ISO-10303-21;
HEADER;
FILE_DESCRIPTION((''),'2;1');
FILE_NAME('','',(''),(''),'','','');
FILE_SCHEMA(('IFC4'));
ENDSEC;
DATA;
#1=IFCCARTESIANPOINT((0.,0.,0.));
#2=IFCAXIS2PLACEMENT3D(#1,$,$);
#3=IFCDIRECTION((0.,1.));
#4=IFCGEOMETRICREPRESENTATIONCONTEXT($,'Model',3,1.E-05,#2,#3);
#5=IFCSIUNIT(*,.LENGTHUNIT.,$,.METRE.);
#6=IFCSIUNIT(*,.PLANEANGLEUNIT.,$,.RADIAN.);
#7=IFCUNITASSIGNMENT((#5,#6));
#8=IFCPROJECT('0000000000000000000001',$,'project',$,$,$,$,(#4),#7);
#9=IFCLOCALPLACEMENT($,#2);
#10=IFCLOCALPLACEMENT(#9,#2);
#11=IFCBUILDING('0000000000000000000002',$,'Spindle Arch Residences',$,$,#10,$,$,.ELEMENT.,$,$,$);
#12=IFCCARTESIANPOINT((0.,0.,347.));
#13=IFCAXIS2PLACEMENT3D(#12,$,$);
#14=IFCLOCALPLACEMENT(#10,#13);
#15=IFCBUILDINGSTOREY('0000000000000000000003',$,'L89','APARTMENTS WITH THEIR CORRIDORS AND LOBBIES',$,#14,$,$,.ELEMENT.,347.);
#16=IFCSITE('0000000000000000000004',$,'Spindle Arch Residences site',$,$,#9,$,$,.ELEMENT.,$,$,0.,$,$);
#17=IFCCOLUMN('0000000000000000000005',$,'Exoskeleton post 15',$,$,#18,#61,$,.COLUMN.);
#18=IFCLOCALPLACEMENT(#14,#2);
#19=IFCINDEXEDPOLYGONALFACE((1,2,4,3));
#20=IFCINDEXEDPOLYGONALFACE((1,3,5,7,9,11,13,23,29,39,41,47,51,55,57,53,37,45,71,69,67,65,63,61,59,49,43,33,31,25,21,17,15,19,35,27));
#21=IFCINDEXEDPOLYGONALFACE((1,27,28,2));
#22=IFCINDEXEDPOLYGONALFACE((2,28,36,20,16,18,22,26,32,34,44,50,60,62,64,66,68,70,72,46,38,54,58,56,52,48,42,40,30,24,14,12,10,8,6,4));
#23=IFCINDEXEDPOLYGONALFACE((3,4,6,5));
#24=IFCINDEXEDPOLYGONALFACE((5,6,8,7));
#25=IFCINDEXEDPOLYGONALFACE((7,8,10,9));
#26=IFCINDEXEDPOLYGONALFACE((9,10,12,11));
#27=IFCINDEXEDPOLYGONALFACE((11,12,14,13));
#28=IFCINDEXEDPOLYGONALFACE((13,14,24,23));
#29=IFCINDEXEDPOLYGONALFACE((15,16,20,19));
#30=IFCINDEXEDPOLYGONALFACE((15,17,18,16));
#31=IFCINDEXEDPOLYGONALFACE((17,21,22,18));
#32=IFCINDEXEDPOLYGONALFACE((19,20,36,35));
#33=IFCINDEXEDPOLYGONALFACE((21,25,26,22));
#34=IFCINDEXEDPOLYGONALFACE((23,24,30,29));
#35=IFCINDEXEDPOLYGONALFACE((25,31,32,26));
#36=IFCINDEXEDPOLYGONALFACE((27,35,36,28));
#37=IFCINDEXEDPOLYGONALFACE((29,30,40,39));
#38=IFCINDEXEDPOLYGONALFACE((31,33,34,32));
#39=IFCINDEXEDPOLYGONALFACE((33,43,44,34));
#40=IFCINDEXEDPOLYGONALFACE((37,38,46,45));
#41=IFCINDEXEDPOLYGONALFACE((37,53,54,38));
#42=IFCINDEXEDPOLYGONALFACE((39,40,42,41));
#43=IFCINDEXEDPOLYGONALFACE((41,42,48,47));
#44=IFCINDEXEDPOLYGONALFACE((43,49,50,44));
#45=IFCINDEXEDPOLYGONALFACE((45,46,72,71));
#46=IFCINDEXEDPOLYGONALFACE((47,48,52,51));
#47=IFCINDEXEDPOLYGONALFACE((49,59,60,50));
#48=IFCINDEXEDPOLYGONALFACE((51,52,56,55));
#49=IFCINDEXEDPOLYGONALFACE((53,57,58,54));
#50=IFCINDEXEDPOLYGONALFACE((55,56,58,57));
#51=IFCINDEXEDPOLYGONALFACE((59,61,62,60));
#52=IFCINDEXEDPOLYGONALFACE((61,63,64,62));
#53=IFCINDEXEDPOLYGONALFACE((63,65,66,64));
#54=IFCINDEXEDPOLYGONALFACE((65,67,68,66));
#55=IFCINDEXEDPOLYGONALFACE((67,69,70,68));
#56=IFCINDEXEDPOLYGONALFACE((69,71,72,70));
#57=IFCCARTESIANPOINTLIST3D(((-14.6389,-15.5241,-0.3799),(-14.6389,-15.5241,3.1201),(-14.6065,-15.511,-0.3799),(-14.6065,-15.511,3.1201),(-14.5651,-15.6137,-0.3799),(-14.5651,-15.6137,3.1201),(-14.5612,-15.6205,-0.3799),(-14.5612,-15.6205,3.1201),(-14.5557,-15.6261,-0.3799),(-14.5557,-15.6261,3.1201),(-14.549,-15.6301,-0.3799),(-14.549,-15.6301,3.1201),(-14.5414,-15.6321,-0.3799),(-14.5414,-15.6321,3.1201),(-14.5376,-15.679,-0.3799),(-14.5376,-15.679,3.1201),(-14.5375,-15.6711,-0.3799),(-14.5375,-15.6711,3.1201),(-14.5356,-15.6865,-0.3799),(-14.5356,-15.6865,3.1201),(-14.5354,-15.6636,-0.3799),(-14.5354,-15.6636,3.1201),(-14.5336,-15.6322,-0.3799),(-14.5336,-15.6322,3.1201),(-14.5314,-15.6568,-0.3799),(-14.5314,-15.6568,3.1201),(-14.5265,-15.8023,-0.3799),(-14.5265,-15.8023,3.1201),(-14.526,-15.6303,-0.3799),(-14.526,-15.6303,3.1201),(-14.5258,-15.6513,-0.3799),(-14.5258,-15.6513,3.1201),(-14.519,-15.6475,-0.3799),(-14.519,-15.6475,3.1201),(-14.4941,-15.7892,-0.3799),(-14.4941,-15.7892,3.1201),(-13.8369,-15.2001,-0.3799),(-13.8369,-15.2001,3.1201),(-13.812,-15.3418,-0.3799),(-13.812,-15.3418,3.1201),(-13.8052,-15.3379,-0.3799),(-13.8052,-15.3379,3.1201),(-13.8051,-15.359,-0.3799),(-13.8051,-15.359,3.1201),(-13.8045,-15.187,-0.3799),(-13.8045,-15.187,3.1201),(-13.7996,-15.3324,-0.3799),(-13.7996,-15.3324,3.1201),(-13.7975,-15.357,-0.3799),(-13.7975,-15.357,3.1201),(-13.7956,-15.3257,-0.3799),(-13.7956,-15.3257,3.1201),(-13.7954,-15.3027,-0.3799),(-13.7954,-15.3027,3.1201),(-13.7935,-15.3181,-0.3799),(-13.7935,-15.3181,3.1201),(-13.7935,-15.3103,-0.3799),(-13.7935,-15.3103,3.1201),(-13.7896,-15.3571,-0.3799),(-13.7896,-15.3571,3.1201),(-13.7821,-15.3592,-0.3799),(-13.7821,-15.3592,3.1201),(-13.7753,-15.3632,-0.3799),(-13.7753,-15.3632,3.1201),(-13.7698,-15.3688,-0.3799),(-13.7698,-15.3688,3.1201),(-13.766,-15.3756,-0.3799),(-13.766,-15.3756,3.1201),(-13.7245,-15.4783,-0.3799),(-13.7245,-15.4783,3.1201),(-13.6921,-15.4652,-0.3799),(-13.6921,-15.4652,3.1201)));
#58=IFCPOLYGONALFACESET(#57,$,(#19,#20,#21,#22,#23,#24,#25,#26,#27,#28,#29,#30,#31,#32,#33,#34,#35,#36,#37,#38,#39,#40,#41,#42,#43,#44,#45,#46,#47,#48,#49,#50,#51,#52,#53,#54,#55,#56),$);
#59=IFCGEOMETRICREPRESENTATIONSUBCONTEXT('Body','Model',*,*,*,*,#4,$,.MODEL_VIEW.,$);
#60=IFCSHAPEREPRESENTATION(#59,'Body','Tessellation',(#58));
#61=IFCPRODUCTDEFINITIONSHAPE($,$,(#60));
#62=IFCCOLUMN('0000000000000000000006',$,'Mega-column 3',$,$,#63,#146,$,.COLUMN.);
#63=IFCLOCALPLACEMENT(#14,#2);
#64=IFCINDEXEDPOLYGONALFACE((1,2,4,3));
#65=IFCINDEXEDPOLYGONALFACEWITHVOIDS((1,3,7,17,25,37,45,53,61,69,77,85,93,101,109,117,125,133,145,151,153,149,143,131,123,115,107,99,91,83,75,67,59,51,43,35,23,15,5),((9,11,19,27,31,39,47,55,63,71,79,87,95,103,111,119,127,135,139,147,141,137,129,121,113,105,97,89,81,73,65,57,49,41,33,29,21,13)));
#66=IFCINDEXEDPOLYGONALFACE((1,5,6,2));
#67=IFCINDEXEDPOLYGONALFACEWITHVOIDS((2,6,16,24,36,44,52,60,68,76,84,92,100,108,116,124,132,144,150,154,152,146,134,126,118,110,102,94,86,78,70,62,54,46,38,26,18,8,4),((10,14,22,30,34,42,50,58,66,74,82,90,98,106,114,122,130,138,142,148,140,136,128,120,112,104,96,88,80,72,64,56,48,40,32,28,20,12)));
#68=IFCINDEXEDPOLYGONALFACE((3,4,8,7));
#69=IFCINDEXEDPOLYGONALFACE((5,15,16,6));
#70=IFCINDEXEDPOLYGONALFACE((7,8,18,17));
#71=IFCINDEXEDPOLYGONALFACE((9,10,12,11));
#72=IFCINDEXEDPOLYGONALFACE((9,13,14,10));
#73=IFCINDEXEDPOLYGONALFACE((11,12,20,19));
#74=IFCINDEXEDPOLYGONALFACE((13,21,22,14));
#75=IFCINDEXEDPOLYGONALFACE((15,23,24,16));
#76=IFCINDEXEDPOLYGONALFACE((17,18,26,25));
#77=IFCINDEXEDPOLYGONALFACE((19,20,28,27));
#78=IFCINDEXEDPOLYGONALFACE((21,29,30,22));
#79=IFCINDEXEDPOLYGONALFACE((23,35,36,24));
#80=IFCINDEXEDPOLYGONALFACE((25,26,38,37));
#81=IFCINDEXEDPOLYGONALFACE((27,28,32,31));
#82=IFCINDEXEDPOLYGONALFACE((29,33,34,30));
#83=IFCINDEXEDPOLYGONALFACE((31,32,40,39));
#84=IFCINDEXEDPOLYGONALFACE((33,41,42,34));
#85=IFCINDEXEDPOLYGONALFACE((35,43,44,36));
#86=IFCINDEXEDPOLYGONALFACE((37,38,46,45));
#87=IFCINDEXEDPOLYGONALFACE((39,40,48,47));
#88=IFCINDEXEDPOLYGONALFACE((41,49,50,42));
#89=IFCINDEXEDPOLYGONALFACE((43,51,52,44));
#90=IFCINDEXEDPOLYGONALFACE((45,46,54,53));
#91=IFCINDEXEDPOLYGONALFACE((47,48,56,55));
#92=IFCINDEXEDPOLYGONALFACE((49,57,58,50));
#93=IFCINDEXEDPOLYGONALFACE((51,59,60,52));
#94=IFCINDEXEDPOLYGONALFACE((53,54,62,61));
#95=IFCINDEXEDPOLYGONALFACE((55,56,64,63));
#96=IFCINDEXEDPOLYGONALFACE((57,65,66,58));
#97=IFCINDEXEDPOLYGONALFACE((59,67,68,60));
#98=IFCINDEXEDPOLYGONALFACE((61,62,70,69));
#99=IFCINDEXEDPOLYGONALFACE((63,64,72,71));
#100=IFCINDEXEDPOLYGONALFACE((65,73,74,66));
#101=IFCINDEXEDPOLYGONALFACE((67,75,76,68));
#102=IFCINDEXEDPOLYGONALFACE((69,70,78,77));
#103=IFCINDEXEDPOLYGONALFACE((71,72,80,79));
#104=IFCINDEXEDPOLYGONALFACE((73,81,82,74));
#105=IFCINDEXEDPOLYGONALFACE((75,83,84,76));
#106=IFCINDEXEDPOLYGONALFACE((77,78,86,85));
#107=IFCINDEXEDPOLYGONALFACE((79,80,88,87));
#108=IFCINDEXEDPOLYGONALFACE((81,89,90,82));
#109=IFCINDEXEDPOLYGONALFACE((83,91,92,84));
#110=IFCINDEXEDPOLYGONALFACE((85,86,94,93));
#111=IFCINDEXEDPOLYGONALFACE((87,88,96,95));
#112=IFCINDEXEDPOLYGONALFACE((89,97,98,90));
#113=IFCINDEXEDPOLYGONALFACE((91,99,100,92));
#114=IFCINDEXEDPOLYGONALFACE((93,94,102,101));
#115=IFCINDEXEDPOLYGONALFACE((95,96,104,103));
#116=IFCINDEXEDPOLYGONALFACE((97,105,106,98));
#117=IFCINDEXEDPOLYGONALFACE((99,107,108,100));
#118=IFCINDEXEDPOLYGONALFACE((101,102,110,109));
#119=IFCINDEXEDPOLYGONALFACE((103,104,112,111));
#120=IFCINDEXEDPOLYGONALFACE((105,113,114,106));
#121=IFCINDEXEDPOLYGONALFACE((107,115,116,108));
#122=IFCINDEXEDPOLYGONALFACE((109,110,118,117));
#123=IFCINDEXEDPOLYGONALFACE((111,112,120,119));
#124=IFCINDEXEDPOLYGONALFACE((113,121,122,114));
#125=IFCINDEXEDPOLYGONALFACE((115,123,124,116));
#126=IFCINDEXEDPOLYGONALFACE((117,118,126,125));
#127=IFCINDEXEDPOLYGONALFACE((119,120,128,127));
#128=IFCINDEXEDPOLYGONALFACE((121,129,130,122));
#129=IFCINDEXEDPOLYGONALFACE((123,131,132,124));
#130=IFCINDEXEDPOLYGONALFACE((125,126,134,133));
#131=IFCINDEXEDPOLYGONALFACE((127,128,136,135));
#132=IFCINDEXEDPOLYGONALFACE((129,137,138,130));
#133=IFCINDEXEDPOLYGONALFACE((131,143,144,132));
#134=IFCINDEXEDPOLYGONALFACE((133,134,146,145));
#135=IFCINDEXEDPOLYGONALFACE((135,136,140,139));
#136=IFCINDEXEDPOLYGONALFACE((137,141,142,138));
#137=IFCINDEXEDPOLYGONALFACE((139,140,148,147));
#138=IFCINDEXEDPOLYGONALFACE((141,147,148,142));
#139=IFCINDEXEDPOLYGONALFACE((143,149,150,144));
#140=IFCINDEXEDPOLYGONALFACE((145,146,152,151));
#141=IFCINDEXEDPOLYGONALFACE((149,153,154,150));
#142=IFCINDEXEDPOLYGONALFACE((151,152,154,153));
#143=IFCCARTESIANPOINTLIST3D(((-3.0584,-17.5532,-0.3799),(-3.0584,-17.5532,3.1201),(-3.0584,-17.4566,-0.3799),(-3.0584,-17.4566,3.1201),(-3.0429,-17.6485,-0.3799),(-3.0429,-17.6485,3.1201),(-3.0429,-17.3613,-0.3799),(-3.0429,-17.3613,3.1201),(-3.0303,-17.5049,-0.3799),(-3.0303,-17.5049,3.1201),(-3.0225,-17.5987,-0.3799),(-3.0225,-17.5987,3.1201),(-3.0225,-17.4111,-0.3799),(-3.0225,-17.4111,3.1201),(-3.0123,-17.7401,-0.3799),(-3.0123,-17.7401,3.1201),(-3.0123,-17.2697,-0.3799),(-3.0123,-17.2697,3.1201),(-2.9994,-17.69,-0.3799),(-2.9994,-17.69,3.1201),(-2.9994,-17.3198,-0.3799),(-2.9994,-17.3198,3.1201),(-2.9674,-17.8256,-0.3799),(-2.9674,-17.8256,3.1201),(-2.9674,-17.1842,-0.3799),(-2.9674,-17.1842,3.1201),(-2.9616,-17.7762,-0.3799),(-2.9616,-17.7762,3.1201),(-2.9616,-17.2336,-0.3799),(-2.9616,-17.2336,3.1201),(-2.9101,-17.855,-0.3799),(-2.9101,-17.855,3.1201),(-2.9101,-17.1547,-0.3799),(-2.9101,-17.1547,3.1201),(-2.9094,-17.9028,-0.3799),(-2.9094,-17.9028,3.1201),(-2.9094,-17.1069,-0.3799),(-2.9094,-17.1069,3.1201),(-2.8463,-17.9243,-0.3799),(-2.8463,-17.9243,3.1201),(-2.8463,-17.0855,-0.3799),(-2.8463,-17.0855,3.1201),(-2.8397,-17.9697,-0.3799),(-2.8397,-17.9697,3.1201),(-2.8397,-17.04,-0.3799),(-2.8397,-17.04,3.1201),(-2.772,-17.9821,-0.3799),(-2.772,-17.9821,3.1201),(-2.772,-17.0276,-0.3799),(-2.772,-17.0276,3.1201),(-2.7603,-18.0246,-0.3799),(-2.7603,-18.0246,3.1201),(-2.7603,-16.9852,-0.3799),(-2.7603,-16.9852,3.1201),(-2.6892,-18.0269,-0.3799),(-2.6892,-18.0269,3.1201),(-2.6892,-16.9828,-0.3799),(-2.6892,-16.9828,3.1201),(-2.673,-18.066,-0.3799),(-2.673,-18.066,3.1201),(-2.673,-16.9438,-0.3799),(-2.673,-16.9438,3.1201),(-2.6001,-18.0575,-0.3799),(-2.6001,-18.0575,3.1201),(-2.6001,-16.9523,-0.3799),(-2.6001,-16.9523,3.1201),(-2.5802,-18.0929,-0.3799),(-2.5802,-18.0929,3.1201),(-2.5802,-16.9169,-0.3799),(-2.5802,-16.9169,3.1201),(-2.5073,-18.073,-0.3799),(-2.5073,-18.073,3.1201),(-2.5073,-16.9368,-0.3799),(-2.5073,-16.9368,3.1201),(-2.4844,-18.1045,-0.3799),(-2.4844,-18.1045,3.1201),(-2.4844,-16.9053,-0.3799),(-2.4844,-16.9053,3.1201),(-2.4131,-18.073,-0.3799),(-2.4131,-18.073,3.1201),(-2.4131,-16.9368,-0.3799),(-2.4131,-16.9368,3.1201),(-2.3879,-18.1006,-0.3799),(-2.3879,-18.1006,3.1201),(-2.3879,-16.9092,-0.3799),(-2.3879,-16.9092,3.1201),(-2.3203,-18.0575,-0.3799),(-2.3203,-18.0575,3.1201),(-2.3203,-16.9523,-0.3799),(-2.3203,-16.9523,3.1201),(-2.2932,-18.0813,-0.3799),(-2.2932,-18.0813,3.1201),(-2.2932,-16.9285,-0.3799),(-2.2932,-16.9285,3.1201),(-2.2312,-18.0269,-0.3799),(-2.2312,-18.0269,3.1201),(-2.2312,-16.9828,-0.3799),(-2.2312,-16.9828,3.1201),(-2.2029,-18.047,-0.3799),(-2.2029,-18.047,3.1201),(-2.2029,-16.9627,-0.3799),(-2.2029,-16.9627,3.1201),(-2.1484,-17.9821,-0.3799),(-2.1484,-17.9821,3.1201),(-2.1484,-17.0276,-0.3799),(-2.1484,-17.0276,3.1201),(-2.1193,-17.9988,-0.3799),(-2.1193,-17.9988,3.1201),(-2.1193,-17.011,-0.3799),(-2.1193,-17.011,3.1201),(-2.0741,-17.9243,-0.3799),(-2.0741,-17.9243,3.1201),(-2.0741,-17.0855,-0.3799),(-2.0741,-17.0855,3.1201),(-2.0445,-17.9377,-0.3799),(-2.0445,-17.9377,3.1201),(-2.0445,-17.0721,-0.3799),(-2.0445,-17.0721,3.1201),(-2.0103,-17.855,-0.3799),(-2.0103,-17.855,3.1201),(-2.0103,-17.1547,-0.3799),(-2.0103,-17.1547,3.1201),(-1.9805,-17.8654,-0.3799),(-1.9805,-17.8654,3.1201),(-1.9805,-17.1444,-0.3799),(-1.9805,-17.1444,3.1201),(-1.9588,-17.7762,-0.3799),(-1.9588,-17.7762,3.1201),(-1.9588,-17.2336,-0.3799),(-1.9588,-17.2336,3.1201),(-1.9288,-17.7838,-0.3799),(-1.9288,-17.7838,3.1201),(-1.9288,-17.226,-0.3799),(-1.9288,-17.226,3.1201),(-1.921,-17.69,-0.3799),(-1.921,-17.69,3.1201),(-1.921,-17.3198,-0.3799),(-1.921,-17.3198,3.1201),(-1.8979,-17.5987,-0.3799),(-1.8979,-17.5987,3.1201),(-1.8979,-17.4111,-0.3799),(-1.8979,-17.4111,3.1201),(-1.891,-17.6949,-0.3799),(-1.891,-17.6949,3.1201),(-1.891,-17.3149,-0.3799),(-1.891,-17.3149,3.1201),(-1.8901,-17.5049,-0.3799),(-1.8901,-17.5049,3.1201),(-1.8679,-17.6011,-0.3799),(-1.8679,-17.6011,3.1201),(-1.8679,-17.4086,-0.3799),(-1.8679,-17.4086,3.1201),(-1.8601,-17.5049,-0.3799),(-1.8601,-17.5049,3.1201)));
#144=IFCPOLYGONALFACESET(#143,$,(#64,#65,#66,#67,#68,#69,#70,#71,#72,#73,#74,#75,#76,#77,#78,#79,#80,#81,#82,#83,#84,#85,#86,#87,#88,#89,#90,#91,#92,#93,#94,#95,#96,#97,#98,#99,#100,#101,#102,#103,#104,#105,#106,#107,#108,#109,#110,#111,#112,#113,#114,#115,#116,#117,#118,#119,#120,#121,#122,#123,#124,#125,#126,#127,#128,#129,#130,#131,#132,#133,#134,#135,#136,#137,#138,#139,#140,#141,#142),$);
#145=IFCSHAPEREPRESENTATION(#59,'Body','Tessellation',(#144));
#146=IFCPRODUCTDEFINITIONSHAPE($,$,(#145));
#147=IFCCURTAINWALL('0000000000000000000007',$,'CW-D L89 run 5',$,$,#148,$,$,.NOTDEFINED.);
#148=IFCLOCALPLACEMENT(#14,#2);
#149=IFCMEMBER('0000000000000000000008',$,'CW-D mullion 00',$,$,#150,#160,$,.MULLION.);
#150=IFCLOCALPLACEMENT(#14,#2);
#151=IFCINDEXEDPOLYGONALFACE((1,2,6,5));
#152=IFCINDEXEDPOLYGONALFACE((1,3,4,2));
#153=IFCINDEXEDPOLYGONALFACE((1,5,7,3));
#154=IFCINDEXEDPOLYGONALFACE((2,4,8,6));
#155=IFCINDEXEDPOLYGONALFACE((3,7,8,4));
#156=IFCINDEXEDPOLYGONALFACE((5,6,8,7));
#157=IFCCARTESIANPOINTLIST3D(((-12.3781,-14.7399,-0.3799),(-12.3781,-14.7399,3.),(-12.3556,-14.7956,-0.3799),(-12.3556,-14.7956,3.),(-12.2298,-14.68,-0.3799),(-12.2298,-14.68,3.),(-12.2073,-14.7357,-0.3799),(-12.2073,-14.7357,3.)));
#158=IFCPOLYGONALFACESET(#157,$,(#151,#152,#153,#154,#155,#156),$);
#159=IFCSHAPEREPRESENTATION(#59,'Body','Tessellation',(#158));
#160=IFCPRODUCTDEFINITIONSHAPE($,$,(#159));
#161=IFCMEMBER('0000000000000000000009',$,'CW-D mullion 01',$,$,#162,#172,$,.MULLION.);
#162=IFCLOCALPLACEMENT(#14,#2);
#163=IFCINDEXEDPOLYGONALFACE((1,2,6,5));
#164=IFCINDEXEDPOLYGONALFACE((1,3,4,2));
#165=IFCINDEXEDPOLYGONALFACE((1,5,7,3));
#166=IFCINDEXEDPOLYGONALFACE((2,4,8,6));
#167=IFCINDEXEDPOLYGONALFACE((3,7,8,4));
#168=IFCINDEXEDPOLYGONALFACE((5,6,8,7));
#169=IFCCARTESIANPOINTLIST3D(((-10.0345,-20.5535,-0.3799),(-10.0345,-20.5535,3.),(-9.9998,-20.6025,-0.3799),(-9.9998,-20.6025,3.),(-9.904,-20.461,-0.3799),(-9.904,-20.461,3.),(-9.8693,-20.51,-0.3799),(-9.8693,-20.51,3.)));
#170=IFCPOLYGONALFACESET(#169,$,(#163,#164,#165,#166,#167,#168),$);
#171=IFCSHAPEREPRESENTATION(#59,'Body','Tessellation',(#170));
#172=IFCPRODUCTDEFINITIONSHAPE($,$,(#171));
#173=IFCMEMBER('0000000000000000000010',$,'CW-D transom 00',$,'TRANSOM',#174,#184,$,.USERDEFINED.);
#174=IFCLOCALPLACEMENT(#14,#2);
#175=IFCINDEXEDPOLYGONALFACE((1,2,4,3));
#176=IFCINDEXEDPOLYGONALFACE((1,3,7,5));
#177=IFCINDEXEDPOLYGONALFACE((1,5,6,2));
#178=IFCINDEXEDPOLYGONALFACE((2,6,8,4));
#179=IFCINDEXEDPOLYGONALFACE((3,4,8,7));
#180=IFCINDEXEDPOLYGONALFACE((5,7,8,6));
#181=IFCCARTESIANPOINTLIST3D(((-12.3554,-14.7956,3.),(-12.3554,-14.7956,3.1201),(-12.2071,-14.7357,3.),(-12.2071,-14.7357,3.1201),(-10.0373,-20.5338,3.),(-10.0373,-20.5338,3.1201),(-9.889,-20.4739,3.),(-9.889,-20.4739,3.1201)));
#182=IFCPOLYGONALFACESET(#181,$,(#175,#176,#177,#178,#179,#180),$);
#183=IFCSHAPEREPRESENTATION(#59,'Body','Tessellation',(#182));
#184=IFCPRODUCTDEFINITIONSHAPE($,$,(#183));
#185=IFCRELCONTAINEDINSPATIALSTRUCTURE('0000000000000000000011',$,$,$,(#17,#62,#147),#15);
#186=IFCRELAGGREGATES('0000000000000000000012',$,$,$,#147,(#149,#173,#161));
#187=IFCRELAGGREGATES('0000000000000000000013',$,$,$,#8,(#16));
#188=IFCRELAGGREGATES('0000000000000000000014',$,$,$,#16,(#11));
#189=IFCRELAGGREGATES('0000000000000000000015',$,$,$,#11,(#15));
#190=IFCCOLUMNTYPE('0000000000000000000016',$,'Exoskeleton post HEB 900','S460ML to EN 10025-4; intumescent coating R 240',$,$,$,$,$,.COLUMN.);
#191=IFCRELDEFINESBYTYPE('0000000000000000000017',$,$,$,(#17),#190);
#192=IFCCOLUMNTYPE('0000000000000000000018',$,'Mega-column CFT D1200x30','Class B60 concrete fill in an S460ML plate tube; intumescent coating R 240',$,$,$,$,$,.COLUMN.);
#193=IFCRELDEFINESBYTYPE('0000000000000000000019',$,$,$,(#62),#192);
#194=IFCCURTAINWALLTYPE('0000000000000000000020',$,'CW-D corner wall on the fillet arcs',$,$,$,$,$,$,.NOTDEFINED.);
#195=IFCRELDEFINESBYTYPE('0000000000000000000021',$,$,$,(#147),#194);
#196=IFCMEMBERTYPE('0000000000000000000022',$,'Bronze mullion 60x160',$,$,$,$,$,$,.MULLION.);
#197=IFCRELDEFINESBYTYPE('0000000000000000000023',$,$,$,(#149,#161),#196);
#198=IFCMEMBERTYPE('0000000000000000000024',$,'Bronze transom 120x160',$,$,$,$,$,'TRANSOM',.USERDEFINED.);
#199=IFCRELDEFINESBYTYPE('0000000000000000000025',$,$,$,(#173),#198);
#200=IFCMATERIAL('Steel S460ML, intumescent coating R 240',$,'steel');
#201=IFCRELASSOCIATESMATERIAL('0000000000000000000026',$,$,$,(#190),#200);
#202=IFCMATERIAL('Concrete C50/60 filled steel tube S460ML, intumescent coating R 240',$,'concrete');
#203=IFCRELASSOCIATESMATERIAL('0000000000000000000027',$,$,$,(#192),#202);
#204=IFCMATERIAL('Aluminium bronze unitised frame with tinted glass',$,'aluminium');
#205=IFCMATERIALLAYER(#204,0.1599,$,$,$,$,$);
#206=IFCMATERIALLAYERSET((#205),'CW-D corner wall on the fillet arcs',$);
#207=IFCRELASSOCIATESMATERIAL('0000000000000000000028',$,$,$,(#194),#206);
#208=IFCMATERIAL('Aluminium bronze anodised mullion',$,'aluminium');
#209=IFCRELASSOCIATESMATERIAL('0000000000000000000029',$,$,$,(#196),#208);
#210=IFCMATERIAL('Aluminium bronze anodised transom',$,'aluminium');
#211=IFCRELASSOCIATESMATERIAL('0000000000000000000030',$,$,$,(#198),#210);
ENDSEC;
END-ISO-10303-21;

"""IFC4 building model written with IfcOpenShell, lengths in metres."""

from ifc_helpers import new_model, si_unit, direction, frame, origin, origin_2d, place, context, subcontext, project, spatial, rectangle, hollow_circle, i_section, extrude, material, layer, layer_set, material_profile, profile_set, type_object, element, aggregate, save


model = new_model("IFC4")

# Units and contexts
model_context = context("Model", 3, precision=1e-05, world=origin(), true_north=direction((0.0, 1.0)))
body_context = subcontext(model_context, "Body", "Model", "MODEL_VIEW")
ifc_project = project(units=[si_unit("LENGTHUNIT", "METRE"), si_unit("PLANEANGLEUNIT", "RADIAN")], contexts=[model_context])

# Site, building, storey
site_placement = place(None, origin())
site = spatial("IfcSite", under=ifc_project, at=site_placement, Name="Spindle Arch Residences site", CompositionType="ELEMENT", RefElevation=0.0)
building_placement = place(site_placement, origin())
building = spatial("IfcBuilding", under=site, at=building_placement, Name="Spindle Arch Residences", CompositionType="ELEMENT")
storey_placement = place(building_placement, frame((0.0, 0.0, 347.0)))
storey = spatial("IfcBuildingStorey", under=building, at=storey_placement, Name="L89", Description="APARTMENTS WITH THEIR CORRIDORS AND LOBBIES", CompositionType="ELEMENT", Elevation=347.0)

# Columns
ifc_material_1 = material(Name="Steel S460ML, intumescent coating R 240", Category="steel")
ifc_material_profile_1 = material_profile(ifc_material_1, i_section(OverallWidth=0.3, OverallDepth=0.8999, WebThickness=0.0186, FlangeThickness=0.0349, FilletRadius=0.03, at=origin_2d()), Name="HEB 900")
ifc_profile_set_1 = profile_set([ifc_material_profile_1], Name="Steel S460ML, intumescent coating R 240")
column_type_1 = type_object("IfcColumnType", Name="Exoskeleton post HEB 900", Description="S460ML to EN 10025-4; intumescent coating R 240", PredefinedType="COLUMN", material=ifc_profile_set_1)
column_1_placement = place(storey_placement, frame((-14.1655, -15.4946, -0.3799), z_axis=(0.0, 0.0, 1.0), x_axis=(-0.374607, 0.927184, 0.0)))
element("IfcColumn", 1, at=column_1_placement, inside=storey, type_object=column_type_1, Name="Exoskeleton post 15", PredefinedType="COLUMN", context=body_context, shape_type="SweptSolid", body=[
    extrude(i_section(OverallWidth=0.3, OverallDepth=0.8999, WebThickness=0.0186, FlangeThickness=0.0349, FilletRadius=0.03, at=origin_2d()), origin(), (0.0, 0.0, 1.0), 3.5),
])
ifc_material_2 = material(Name="Concrete C50/60 filled steel tube S460ML, intumescent coating R 240", Category="concrete")
ifc_material_profile_2 = material_profile(ifc_material_2, hollow_circle(Radius=0.6001, WallThickness=0.03, at=origin_2d()), Name="CFT D1200x30")
ifc_profile_set_2 = profile_set([ifc_material_profile_2], Name="Concrete C50/60 filled steel tube S460ML, intumescent coating R 240")
column_type_2 = type_object("IfcColumnType", Name="Mega-column CFT D1200x30", Description="Class B60 concrete fill in an S460ML plate tube; intumescent coating R 240", PredefinedType="COLUMN", material=ifc_profile_set_2)
column_2_placement = place(storey_placement, frame((-2.4602, -17.5049, -0.3799), z_axis=(0.0, 0.0, 1.0), x_axis=(1.0, 0.0, 0.0)))
element("IfcColumn", 2, at=column_2_placement, inside=storey, type_object=column_type_2, Name="Mega-column 3", PredefinedType="COLUMN", context=body_context, shape_type="SweptSolid", body=[
    extrude(hollow_circle(Radius=0.6001, WallThickness=0.03, at=origin_2d()), origin(), (0.0, 0.0, 1.0), 3.5),
])

# Curtain wall, members
ifc_material_3 = material(Name="Aluminium bronze unitised frame with tinted glass", Category="aluminium")
ifc_layer_1 = layer(ifc_material_3, 0.1599)
ifc_layer_set_1 = layer_set([ifc_layer_1], Name="CW-D corner wall on the fillet arcs")
curtain_wall_type_1 = type_object("IfcCurtainWallType", Name="CW-D corner wall on the fillet arcs", PredefinedType="NOTDEFINED", material=ifc_layer_set_1)
curtain_wall_1_placement = place(storey_placement, origin())
curtain_wall_1 = element("IfcCurtainWall", 3, at=curtain_wall_1_placement, inside=storey, type_object=curtain_wall_type_1, Name="CW-D L89 run 5", PredefinedType="NOTDEFINED")
ifc_material_4 = material(Name="Aluminium bronze anodised mullion", Category="aluminium")
ifc_material_profile_3 = material_profile(ifc_material_4, rectangle(XDim=0.1599, YDim=0.0601, at=origin_2d()), Name="MU 60x160")
ifc_profile_set_3 = profile_set([ifc_material_profile_3], Name="Aluminium bronze anodised mullion")
member_type_1 = type_object("IfcMemberType", Name="Bronze mullion 60x160", PredefinedType="MULLION", material=ifc_profile_set_3)
member_1_placement = place(storey_placement, frame((-12.2927, -14.7378, -0.3799), z_axis=(0.0, 0.0, 1.0), x_axis=(0.927184, 0.374607, 0.0)))
member_1 = element("IfcMember", 4, at=member_1_placement, type_object=member_type_1, Name="CW-D mullion 00", PredefinedType="MULLION", context=body_context, shape_type="SweptSolid", body=[
    extrude(rectangle(XDim=0.1599, YDim=0.0601, at=origin_2d()), origin(), (0.0, 0.0, 1.0), 3.3799),
])
member_2_placement = place(storey_placement, frame((-9.9519, -20.5317, -0.3799), z_axis=(0.0, 0.0, 1.0), x_axis=(0.815801, 0.578332, 0.0)))
member_2 = element("IfcMember", 5, at=member_2_placement, type_object=member_type_1, Name="CW-D mullion 01", PredefinedType="MULLION", context=body_context, shape_type="SweptSolid", body=[
    extrude(rectangle(XDim=0.1599, YDim=0.0601, at=origin_2d()), origin(), (0.0, 0.0, 1.0), 3.3799),
])
ifc_material_5 = material(Name="Aluminium bronze anodised transom", Category="aluminium")
ifc_material_profile_4 = material_profile(ifc_material_5, rectangle(XDim=0.1599, YDim=0.1201, at=origin_2d()), Name="TR 120x160")
ifc_profile_set_4 = profile_set([ifc_material_profile_4], Name="Aluminium bronze anodised transom")
member_type_2 = type_object("IfcMemberType", Name="Bronze transom 120x160", ElementType="TRANSOM", PredefinedType="USERDEFINED", material=ifc_profile_set_4)
member_3_placement = place(storey_placement, frame((-12.2812, -14.7656, 3.0601), z_axis=(0.374565, -0.927201, 0.0), x_axis=(0.927201, 0.374565, 0.0)))
member_3 = element("IfcMember", 6, at=member_3_placement, type_object=member_type_2, Name="CW-D transom 00", ObjectType="TRANSOM", PredefinedType="USERDEFINED", context=body_context, shape_type="SweptSolid", body=[
    extrude(rectangle(XDim=0.1599, YDim=0.1201, at=origin_2d()), origin(), (0.0, 0.0, 1.0), 6.1887),
])

aggregate(curtain_wall_1, [member_1, member_3, member_2])

save(model, "model.ifc")
